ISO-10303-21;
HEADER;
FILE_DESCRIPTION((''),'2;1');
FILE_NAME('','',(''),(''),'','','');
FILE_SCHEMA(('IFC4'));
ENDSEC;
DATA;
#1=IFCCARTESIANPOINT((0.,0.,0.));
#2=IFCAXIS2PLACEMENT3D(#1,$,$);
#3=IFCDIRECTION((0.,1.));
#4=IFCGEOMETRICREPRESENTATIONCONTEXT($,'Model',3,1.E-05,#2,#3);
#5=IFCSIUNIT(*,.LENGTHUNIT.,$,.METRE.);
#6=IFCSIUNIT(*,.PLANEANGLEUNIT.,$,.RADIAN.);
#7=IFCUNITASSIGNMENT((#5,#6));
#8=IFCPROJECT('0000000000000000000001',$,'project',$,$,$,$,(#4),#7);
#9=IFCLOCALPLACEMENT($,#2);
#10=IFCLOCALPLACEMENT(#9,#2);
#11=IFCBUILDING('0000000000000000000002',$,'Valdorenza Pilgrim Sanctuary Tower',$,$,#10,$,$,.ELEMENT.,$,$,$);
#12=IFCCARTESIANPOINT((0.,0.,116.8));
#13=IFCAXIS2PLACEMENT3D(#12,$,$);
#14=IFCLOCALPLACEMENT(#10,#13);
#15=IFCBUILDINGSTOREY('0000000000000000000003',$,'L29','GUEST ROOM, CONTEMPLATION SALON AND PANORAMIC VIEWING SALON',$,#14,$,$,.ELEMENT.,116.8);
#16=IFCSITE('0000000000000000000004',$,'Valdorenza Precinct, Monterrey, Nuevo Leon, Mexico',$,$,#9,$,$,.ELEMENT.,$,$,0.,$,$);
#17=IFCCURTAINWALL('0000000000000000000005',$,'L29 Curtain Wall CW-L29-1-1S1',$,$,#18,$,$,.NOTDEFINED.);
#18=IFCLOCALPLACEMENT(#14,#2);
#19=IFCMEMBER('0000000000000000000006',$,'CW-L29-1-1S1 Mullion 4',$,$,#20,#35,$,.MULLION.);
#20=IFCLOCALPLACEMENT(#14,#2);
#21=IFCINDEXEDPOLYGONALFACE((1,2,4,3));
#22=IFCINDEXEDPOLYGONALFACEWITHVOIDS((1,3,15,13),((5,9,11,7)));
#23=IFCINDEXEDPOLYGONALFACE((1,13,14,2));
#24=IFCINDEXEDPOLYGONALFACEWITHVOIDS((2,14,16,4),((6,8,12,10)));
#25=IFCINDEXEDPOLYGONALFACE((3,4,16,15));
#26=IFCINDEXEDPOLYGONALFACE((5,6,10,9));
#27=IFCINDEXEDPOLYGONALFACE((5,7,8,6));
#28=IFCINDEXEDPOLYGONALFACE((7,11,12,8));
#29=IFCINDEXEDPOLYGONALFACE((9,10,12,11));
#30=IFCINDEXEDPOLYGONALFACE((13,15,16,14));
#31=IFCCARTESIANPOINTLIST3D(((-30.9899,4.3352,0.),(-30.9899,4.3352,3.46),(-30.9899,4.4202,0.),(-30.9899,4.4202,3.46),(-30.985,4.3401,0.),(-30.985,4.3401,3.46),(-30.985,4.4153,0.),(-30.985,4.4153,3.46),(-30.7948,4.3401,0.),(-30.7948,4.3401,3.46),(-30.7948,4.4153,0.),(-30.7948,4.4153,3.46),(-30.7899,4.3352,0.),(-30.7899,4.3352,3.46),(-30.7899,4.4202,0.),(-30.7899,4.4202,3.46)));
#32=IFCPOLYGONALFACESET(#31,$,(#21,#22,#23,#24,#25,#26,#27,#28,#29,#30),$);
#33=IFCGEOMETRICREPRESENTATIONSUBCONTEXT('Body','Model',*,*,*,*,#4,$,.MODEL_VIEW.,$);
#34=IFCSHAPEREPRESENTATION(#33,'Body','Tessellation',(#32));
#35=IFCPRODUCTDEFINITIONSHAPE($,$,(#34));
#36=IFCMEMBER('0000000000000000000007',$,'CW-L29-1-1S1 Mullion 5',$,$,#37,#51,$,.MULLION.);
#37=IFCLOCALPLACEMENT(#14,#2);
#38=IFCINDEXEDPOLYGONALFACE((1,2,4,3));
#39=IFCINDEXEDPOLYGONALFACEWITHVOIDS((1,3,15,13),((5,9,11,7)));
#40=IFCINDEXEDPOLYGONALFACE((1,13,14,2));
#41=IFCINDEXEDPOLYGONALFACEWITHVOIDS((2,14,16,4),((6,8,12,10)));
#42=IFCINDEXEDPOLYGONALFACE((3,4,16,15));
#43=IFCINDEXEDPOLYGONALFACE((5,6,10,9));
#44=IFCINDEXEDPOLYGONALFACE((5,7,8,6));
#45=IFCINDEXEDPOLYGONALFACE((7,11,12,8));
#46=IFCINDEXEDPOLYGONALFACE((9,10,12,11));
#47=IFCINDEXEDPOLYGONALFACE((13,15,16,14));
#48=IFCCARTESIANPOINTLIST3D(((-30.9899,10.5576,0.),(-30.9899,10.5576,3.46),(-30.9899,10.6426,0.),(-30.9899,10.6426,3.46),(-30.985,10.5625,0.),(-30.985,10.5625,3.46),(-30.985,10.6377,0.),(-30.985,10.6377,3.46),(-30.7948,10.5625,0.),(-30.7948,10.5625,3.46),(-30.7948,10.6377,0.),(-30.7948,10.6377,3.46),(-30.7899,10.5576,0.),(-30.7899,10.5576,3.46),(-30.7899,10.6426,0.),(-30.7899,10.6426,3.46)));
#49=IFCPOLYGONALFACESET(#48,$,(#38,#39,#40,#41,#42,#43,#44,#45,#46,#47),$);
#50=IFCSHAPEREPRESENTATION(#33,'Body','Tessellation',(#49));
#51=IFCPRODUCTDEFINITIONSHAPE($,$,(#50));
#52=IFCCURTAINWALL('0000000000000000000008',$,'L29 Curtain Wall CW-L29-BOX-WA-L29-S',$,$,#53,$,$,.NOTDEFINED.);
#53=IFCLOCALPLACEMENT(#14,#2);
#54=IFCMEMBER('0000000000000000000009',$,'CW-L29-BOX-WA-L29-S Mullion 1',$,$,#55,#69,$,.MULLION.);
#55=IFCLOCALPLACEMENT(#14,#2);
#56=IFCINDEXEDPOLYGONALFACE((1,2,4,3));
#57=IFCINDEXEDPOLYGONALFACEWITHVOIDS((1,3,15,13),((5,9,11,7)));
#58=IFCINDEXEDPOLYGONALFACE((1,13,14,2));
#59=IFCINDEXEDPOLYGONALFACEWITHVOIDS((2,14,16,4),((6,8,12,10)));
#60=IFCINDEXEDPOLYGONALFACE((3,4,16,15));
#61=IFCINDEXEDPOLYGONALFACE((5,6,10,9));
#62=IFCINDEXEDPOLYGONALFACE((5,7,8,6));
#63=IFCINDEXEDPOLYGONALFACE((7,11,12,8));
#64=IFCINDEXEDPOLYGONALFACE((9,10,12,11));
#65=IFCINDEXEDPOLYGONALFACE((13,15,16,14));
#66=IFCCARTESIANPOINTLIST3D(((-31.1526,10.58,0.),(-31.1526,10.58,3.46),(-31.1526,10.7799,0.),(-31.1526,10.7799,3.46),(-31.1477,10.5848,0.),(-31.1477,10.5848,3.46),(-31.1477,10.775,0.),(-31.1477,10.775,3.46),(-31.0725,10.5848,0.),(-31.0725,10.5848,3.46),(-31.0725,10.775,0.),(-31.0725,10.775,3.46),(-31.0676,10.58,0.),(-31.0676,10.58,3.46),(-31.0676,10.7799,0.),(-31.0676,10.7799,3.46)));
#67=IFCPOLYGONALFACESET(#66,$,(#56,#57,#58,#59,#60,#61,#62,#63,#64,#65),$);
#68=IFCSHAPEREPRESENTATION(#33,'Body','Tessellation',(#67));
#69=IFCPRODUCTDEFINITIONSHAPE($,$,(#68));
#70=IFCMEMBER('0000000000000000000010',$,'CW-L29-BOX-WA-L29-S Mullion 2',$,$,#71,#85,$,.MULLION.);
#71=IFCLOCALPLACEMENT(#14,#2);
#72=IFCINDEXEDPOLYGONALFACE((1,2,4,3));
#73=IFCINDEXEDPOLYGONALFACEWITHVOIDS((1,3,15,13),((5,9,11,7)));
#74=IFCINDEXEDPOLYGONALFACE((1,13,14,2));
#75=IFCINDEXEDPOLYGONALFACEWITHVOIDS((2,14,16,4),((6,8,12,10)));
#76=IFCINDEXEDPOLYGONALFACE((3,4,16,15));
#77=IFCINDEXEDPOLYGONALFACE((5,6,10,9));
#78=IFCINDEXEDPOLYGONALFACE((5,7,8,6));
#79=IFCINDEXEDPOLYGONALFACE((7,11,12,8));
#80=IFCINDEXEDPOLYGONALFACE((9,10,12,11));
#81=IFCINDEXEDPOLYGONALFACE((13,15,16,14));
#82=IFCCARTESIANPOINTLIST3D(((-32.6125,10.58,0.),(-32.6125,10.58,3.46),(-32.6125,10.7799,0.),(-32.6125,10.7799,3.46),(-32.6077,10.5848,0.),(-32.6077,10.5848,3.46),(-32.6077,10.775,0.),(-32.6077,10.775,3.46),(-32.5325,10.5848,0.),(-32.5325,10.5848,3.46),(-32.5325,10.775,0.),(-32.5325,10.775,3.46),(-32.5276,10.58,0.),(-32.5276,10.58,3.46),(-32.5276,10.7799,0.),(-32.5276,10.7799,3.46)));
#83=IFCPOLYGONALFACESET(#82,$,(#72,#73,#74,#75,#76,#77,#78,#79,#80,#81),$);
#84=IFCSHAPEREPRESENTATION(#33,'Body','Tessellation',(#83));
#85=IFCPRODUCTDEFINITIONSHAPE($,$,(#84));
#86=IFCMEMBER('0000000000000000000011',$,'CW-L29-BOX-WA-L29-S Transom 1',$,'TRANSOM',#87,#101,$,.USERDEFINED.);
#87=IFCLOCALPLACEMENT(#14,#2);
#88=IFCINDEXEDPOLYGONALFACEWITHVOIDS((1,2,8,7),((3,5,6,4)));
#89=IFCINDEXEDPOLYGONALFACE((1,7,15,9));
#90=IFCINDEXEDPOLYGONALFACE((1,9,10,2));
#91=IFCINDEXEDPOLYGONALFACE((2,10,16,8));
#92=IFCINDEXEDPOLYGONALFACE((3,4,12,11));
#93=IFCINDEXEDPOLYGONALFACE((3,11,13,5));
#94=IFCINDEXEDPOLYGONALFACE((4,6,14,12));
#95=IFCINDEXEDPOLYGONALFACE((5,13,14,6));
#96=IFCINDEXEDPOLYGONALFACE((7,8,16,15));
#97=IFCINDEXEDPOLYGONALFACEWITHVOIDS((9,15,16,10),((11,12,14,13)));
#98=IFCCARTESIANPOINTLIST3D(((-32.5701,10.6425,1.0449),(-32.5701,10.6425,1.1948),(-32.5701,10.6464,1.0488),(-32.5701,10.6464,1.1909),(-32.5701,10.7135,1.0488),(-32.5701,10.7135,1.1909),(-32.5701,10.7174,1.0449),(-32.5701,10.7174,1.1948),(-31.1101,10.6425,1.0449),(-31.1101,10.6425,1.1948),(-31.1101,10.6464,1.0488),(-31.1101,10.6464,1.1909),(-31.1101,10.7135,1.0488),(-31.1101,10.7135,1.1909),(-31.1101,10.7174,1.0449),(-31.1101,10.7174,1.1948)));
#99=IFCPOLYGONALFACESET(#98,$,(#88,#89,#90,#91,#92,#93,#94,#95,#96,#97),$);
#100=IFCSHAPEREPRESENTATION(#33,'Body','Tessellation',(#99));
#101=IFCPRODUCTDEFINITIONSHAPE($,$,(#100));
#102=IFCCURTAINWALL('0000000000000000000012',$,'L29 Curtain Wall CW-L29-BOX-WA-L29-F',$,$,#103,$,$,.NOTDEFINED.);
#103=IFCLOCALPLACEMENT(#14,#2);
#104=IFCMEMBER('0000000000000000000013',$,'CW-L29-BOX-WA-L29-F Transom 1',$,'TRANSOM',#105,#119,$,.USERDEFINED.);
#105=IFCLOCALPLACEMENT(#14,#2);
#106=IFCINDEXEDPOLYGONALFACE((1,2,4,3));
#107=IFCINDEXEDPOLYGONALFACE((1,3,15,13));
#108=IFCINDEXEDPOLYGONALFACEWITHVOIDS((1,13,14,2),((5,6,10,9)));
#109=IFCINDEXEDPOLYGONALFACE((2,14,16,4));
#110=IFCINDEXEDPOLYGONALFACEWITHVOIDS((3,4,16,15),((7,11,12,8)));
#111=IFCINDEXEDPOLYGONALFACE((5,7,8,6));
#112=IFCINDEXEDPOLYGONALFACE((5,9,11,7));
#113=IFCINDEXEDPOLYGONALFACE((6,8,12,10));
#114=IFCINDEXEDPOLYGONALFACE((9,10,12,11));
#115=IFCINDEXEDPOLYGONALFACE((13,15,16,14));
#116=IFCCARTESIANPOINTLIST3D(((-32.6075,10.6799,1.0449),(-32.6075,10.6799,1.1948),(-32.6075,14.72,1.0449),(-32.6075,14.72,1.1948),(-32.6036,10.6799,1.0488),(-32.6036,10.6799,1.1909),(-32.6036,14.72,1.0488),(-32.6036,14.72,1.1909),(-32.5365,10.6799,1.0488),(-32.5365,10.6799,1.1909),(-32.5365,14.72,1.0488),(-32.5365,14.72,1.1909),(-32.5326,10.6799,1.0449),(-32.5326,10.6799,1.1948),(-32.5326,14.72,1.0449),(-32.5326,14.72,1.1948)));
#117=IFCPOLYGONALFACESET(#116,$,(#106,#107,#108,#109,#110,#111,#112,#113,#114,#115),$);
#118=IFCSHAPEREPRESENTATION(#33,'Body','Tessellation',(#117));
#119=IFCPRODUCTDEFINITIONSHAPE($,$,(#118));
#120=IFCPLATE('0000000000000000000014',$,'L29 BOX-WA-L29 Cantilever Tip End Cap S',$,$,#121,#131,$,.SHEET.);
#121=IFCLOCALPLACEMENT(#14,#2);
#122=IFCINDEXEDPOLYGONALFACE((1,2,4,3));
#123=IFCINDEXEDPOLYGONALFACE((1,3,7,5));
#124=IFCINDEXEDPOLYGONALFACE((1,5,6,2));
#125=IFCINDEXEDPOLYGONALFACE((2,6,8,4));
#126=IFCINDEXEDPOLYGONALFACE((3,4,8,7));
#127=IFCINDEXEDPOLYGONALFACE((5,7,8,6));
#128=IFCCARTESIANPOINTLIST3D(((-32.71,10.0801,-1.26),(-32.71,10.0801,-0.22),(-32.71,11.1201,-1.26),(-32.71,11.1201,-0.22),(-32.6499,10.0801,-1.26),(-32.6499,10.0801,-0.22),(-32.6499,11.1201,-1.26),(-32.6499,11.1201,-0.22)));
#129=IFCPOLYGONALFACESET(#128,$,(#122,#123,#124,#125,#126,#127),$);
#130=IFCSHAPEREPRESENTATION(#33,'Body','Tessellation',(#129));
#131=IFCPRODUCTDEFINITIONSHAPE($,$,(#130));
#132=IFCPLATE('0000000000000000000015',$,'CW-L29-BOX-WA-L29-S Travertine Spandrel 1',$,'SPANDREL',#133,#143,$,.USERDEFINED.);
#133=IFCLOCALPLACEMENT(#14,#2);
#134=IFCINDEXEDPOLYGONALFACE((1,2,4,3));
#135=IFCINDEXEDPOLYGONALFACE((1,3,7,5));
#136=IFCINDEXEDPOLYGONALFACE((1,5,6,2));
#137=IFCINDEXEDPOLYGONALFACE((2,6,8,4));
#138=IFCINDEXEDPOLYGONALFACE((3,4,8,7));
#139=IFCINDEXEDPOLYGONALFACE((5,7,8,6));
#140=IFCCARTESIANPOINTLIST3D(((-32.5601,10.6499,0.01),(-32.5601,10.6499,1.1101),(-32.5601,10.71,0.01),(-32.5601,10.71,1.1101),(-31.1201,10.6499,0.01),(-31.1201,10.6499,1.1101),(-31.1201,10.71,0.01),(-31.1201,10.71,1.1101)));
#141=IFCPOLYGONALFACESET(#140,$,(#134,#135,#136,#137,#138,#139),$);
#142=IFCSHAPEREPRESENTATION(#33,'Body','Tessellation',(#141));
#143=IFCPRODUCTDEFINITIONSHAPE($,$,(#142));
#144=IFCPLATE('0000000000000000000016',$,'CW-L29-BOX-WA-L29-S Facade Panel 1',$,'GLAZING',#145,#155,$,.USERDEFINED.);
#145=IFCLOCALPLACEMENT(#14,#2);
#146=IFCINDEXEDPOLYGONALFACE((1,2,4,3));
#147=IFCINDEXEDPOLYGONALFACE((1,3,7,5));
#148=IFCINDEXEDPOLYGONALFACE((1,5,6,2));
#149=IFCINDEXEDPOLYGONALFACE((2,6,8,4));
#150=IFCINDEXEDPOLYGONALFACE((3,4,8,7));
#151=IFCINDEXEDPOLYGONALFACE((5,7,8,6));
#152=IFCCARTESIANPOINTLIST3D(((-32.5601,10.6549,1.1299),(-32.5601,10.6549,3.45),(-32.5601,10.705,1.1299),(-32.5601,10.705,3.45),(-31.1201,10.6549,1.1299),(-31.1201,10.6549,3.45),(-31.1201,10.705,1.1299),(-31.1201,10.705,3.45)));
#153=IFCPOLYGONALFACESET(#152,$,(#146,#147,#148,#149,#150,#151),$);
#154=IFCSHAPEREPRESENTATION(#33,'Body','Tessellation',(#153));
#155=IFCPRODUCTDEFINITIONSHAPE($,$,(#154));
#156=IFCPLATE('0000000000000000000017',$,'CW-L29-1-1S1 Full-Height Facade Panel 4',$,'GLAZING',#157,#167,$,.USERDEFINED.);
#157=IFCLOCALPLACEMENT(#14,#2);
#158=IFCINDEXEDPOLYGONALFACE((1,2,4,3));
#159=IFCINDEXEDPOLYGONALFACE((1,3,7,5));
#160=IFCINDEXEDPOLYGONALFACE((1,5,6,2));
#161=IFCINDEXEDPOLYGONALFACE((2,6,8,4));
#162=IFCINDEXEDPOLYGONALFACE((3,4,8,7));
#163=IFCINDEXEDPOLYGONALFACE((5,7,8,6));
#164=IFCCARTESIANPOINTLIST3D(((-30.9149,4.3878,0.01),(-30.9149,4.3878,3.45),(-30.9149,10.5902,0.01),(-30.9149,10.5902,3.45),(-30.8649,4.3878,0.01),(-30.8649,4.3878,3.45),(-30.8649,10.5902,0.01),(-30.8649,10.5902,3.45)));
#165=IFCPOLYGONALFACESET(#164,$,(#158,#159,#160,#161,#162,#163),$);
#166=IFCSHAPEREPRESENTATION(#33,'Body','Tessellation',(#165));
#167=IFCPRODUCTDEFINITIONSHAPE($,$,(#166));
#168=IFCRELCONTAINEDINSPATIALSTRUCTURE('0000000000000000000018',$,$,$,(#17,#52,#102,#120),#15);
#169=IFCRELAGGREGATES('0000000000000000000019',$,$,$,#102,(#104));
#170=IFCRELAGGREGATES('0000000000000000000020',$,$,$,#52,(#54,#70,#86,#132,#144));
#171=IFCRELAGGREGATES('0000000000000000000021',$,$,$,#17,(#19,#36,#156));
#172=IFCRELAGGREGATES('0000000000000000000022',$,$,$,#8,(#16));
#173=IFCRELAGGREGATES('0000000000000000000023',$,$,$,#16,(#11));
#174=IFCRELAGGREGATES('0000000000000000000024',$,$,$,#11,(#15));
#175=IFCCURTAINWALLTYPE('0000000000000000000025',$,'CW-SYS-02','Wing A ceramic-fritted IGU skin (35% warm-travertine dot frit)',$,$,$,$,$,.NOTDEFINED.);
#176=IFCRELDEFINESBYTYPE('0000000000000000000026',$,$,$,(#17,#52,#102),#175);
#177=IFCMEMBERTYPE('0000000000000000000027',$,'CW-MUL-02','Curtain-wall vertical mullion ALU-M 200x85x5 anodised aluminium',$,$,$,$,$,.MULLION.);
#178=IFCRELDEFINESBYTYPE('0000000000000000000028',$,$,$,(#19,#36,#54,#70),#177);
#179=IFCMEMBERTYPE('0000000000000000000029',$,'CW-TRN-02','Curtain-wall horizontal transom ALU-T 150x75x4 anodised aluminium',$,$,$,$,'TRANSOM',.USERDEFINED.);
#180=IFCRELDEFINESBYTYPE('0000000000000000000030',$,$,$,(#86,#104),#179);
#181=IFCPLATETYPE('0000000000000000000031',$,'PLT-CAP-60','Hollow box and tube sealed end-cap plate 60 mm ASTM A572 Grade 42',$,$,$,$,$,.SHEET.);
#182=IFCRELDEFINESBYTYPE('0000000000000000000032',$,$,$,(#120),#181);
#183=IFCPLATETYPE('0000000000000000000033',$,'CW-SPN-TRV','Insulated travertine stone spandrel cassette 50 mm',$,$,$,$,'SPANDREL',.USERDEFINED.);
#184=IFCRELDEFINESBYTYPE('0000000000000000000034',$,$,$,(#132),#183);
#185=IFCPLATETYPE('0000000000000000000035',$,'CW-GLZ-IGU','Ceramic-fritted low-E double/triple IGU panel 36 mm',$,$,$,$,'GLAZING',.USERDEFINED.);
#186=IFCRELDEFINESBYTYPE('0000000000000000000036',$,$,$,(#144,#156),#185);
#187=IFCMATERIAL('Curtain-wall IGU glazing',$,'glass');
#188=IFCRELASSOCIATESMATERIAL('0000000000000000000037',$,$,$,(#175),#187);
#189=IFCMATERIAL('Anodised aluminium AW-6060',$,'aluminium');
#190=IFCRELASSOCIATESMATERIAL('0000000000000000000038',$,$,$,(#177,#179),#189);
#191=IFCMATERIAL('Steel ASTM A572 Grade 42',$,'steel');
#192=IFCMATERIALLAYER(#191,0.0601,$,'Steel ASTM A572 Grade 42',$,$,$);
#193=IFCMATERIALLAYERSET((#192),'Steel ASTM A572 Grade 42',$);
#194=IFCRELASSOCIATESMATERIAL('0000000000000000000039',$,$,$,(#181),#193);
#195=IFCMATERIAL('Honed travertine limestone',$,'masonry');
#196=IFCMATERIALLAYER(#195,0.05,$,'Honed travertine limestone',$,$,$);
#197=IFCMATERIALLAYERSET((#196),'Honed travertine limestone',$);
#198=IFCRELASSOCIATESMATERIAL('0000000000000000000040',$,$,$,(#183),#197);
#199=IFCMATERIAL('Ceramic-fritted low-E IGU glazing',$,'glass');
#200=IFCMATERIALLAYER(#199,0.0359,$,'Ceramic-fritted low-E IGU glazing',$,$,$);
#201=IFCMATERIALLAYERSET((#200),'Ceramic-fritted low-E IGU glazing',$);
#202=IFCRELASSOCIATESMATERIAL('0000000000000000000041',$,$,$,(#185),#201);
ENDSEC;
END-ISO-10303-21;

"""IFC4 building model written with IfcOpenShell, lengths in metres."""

from ifc_helpers import new_model, si_unit, direction, frame, origin, origin_2d, place, context, subcontext, project, spatial, rectangle, hollow_rectangle, extrude, source, transform, mapped, material, layer, layer_set, material_profile, profile_set, type_object, element, aggregate, save


model = new_model("IFC4")

# Units and contexts
model_context = context("Model", 3, precision=1e-05, world=origin(), true_north=direction((0.0, 1.0)))
body_context = subcontext(model_context, "Body", "Model", "MODEL_VIEW")
ifc_project = project(units=[si_unit("LENGTHUNIT", "METRE"), si_unit("PLANEANGLEUNIT", "RADIAN")], contexts=[model_context])

# Site, building, storey
site_placement = place(None, origin())
site = spatial("IfcSite", under=ifc_project, at=site_placement, Name="Valdorenza Precinct, Monterrey, Nuevo Leon, Mexico", CompositionType="ELEMENT", RefElevation=0.0)
building_placement = place(site_placement, origin())
building = spatial("IfcBuilding", under=site, at=building_placement, Name="Valdorenza Pilgrim Sanctuary Tower", CompositionType="ELEMENT")
storey_placement = place(building_placement, frame((0.0, 0.0, 116.8)))
storey = spatial("IfcBuildingStorey", under=building, at=storey_placement, Name="L29", Description="GUEST ROOM, CONTEMPLATION SALON AND PANORAMIC VIEWING SALON", CompositionType="ELEMENT", Elevation=116.8)

# Shared definitions
ifc_material_1 = material(Name="Steel ASTM A572 Grade 42", Category="steel")

# Curtain walls, members
ifc_material_2 = material(Name="Curtain-wall IGU glazing", Category="glass")
curtain_wall_type = type_object("IfcCurtainWallType", Name="CW-SYS-02", Description="Wing A ceramic-fritted IGU skin (35% warm-travertine dot frit)", PredefinedType="NOTDEFINED", material=ifc_material_2)
curtain_wall_1_placement = place(storey_placement, origin())
curtain_wall_1 = element("IfcCurtainWall", 1, at=curtain_wall_1_placement, inside=storey, type_object=curtain_wall_type, Name="L29 Curtain Wall CW-L29-1-1S1", PredefinedType="NOTDEFINED")
ifc_material_3 = material(Name="Anodised aluminium AW-6060", Category="aluminium")
ifc_material_profile_1 = material_profile(ifc_material_3, hollow_rectangle(XDim=0.085, YDim=0.2, WallThickness=0.0049, at=origin_2d()), Name="ALU-M 200x85x5")
ifc_profile_set_1 = profile_set([ifc_material_profile_1], Name="Anodised aluminium AW-6060")
member_type_1 = type_object("IfcMemberType", Name="CW-MUL-02", Description="Curtain-wall vertical mullion ALU-M 200x85x5 anodised aluminium", PredefinedType="MULLION", material=ifc_profile_set_1)
shared_shape_1 = source(origin(), body_context, "Body", "SweptSolid", [
    extrude(hollow_rectangle(XDim=0.085, YDim=0.2, WallThickness=0.0049, at=origin_2d()), origin(), (0.0, 0.0, 1.0), 3.46),
])
member_1_placement = place(storey_placement, frame((-30.8899, 4.3777, 0.0), z_axis=(0.0, 0.0, 1.0), x_axis=(0.0, 1.0, 0.0)))
member_1 = element("IfcMember", 2, at=member_1_placement, type_object=member_type_1, Name="CW-L29-1-1S1 Mullion 4", PredefinedType="MULLION", context=body_context, shape_type="MappedRepresentation", body=[
    mapped(shared_shape_1, transform((0.0, 0.0, 0.0), x_axis=(1.0, 0.0, 0.0), y_axis=(0.0, 1.0, 0.0), z_axis=(0.0, 0.0, 1.0), scale=1.0)),
])
member_2_placement = place(storey_placement, frame((-30.8899, 10.6001, 0.0), z_axis=(0.0, 0.0, 1.0), x_axis=(0.0, 1.0, 0.0)))
member_2 = element("IfcMember", 3, at=member_2_placement, type_object=member_type_1, Name="CW-L29-1-1S1 Mullion 5", PredefinedType="MULLION", context=body_context, shape_type="MappedRepresentation", body=[
    mapped(shared_shape_1, transform((0.0, 0.0, 0.0), x_axis=(1.0, 0.0, 0.0), y_axis=(0.0, 1.0, 0.0), z_axis=(0.0, 0.0, 1.0), scale=1.0)),
])
curtain_wall_2_placement = place(storey_placement, origin())
curtain_wall_2 = element("IfcCurtainWall", 4, at=curtain_wall_2_placement, inside=storey, type_object=curtain_wall_type, Name="L29 Curtain Wall CW-L29-BOX-WA-L29-S", PredefinedType="NOTDEFINED")
member_3_placement = place(storey_placement, frame((-31.1101, 10.6799, 0.0), z_axis=(0.0, 0.0, 1.0), x_axis=(-1.0, 0.0, 0.0)))
member_3 = element("IfcMember", 5, at=member_3_placement, type_object=member_type_1, Name="CW-L29-BOX-WA-L29-S Mullion 1", PredefinedType="MULLION", context=body_context, shape_type="MappedRepresentation", body=[
    mapped(shared_shape_1, transform((0.0, 0.0, 0.0), x_axis=(1.0, 0.0, 0.0), y_axis=(0.0, 1.0, 0.0), z_axis=(0.0, 0.0, 1.0), scale=1.0)),
])
member_4_placement = place(storey_placement, frame((-32.5701, 10.6799, 0.0), z_axis=(0.0, 0.0, 1.0), x_axis=(-1.0, 0.0, 0.0)))
member_4 = element("IfcMember", 6, at=member_4_placement, type_object=member_type_1, Name="CW-L29-BOX-WA-L29-S Mullion 2", PredefinedType="MULLION", context=body_context, shape_type="MappedRepresentation", body=[
    mapped(shared_shape_1, transform((0.0, 0.0, 0.0), x_axis=(1.0, 0.0, 0.0), y_axis=(0.0, 1.0, 0.0), z_axis=(0.0, 0.0, 1.0), scale=1.0)),
])
ifc_material_profile_2 = material_profile(ifc_material_3, hollow_rectangle(XDim=0.075, YDim=0.1499, WallThickness=0.0039, at=origin_2d()), Name="ALU-T 150x75x4")
ifc_profile_set_2 = profile_set([ifc_material_profile_2], Name="Anodised aluminium AW-6060")
member_type_2 = type_object("IfcMemberType", Name="CW-TRN-02", Description="Curtain-wall horizontal transom ALU-T 150x75x4 anodised aluminium", ElementType="TRANSOM", PredefinedType="USERDEFINED", material=ifc_profile_set_2)
shared_shape_2 = source(origin(), body_context, "Body", "SweptSolid", [
    extrude(hollow_rectangle(XDim=0.075, YDim=0.1499, WallThickness=0.0039, at=origin_2d()), origin(), (0.0, 0.0, 1.0), 1.46),
])
member_5_placement = place(storey_placement, frame((-31.1101, 10.6799, 1.1199), z_axis=(-1.0, 0.0, 0.0), x_axis=(0.0, -1.0, 0.0)))
member_5 = element("IfcMember", 7, at=member_5_placement, type_object=member_type_2, Name="CW-L29-BOX-WA-L29-S Transom 1", ObjectType="TRANSOM", PredefinedType="USERDEFINED", context=body_context, shape_type="MappedRepresentation", body=[
    mapped(shared_shape_2, transform((0.0, 0.0, 0.0), x_axis=(1.0, 0.0, 0.0), y_axis=(0.0, 1.0, 0.0), z_axis=(0.0, 0.0, 1.0), scale=1.0)),
])

# Curtain wall, member
curtain_wall_3_placement = place(storey_placement, origin())
curtain_wall_3 = element("IfcCurtainWall", 8, at=curtain_wall_3_placement, inside=storey, type_object=curtain_wall_type, Name="L29 Curtain Wall CW-L29-BOX-WA-L29-F", PredefinedType="NOTDEFINED")
shared_shape_3 = source(origin(), body_context, "Body", "SweptSolid", [
    extrude(hollow_rectangle(XDim=0.075, YDim=0.1499, WallThickness=0.0039, at=origin_2d()), origin(), (0.0, 0.0, 1.0), 4.04),
])
member_6_placement = place(storey_placement, frame((-32.5701, 10.6799, 1.1199), z_axis=(0.0, 1.0, 0.0), x_axis=(-1.0, 0.0, 0.0)))
member_6 = element("IfcMember", 9, at=member_6_placement, type_object=member_type_2, Name="CW-L29-BOX-WA-L29-F Transom 1", ObjectType="TRANSOM", PredefinedType="USERDEFINED", context=body_context, shape_type="MappedRepresentation", body=[
    mapped(shared_shape_3, transform((0.0, 0.0, 0.0), x_axis=(1.0, 0.0, 0.0), y_axis=(0.0, 1.0, 0.0), z_axis=(0.0, 0.0, 1.0), scale=1.0)),
])
aggregate(curtain_wall_3, [member_6])

# Plates
ifc_layer_1 = layer(ifc_material_1, 0.0601, Name="Steel ASTM A572 Grade 42")
ifc_layer_set_1 = layer_set([ifc_layer_1], Name="Steel ASTM A572 Grade 42")
plate_type_1 = type_object("IfcPlateType", Name="PLT-CAP-60", Description="Hollow box and tube sealed end-cap plate 60 mm ASTM A572 Grade 42", PredefinedType="SHEET", material=ifc_layer_set_1)
shared_shape_4 = source(origin(), body_context, "Body", "SweptSolid", [
    extrude(rectangle(XDim=0.0601, YDim=1.04, at=origin_2d()), origin(), (0.0, 0.0, 1.0), 1.04),
])
plate_1_placement = place(storey_placement, frame((-32.6799, 10.6001, -1.26), z_axis=(0.0, 0.0, 1.0), x_axis=(1.0, 0.0, 0.0)))
element("IfcPlate", 10, at=plate_1_placement, inside=storey, type_object=plate_type_1, Name="L29 BOX-WA-L29 Cantilever Tip End Cap S", PredefinedType="SHEET", context=body_context, shape_type="MappedRepresentation", body=[
    mapped(shared_shape_4, transform((0.0, 0.0, 0.0), x_axis=(1.0, 0.0, 0.0), y_axis=(0.0, 1.0, 0.0), z_axis=(0.0, 0.0, 1.0), scale=1.0)),
])
ifc_material_4 = material(Name="Honed travertine limestone", Category="masonry")
ifc_layer_2 = layer(ifc_material_4, 0.05, Name="Honed travertine limestone")
ifc_layer_set_2 = layer_set([ifc_layer_2], Name="Honed travertine limestone")
plate_type_2 = type_object("IfcPlateType", Name="CW-SPN-TRV", Description="Insulated travertine stone spandrel cassette 50 mm", ElementType="SPANDREL", PredefinedType="USERDEFINED", material=ifc_layer_set_2)
shared_shape_5 = source(origin(), body_context, "Body", "SweptSolid", [
    extrude(rectangle(XDim=1.4399, YDim=0.0601, at=origin_2d()), origin(), (0.0, 0.0, 1.0), 1.1001),
])
plate_2_placement = place(storey_placement, frame((-31.8401, 10.6799, 0.01), z_axis=(0.0, 0.0, 1.0), x_axis=(-1.0, 0.0, 0.0)))
plate_2 = element("IfcPlate", 11, at=plate_2_placement, type_object=plate_type_2, Name="CW-L29-BOX-WA-L29-S Travertine Spandrel 1", ObjectType="SPANDREL", PredefinedType="USERDEFINED", context=body_context, shape_type="MappedRepresentation", body=[
    mapped(shared_shape_5, transform((0.0, 0.0, 0.0), x_axis=(1.0, 0.0, 0.0), y_axis=(0.0, 1.0, 0.0), z_axis=(0.0, 0.0, 1.0), scale=1.0)),
])
ifc_material_5 = material(Name="Ceramic-fritted low-E IGU glazing", Category="glass")
ifc_layer_3 = layer(ifc_material_5, 0.0359, Name="Ceramic-fritted low-E IGU glazing")
ifc_layer_set_3 = layer_set([ifc_layer_3], Name="Ceramic-fritted low-E IGU glazing")
plate_type_3 = type_object("IfcPlateType", Name="CW-GLZ-IGU", Description="Ceramic-fritted low-E double/triple IGU panel 36 mm", ElementType="GLAZING", PredefinedType="USERDEFINED", material=ifc_layer_set_3)
shared_shape_6 = source(origin(), body_context, "Body", "SweptSolid", [
    extrude(rectangle(XDim=1.4399, YDim=0.05, at=origin_2d()), origin(), (0.0, 0.0, 1.0), 2.3201),
])
plate_3_placement = place(storey_placement, frame((-31.8401, 10.6799, 1.1299), z_axis=(0.0, 0.0, 1.0), x_axis=(-1.0, 0.0, 0.0)))
plate_3 = element("IfcPlate", 12, at=plate_3_placement, type_object=plate_type_3, Name="CW-L29-BOX-WA-L29-S Facade Panel 1", ObjectType="GLAZING", PredefinedType="USERDEFINED", context=body_context, shape_type="MappedRepresentation", body=[
    mapped(shared_shape_6, transform((0.0, 0.0, 0.0), x_axis=(1.0, 0.0, 0.0), y_axis=(0.0, 1.0, 0.0), z_axis=(0.0, 0.0, 1.0), scale=1.0)),
])
aggregate(curtain_wall_2, [member_3, member_4, member_5, plate_2, plate_3])
shared_shape_7 = source(origin(), body_context, "Body", "SweptSolid", [
    extrude(rectangle(XDim=6.2024, YDim=0.05, at=origin_2d()), origin(), (0.0, 0.0, 1.0), 3.4399),
])
plate_4_placement = place(storey_placement, frame((-30.8899, 7.489, 0.01), z_axis=(0.0, 0.0, 1.0), x_axis=(0.0, 1.0, 0.0)))
plate_4 = element("IfcPlate", 13, at=plate_4_placement, type_object=plate_type_3, Name="CW-L29-1-1S1 Full-Height Facade Panel 4", ObjectType="GLAZING", PredefinedType="USERDEFINED", context=body_context, shape_type="MappedRepresentation", body=[
    mapped(shared_shape_7, transform((0.0, 0.0, 0.0), x_axis=(1.0, 0.0, 0.0), y_axis=(0.0, 1.0, 0.0), z_axis=(0.0, 0.0, 1.0), scale=1.0)),
])
aggregate(curtain_wall_1, [member_1, member_2, plate_4])

save(model, "model.ifc")
